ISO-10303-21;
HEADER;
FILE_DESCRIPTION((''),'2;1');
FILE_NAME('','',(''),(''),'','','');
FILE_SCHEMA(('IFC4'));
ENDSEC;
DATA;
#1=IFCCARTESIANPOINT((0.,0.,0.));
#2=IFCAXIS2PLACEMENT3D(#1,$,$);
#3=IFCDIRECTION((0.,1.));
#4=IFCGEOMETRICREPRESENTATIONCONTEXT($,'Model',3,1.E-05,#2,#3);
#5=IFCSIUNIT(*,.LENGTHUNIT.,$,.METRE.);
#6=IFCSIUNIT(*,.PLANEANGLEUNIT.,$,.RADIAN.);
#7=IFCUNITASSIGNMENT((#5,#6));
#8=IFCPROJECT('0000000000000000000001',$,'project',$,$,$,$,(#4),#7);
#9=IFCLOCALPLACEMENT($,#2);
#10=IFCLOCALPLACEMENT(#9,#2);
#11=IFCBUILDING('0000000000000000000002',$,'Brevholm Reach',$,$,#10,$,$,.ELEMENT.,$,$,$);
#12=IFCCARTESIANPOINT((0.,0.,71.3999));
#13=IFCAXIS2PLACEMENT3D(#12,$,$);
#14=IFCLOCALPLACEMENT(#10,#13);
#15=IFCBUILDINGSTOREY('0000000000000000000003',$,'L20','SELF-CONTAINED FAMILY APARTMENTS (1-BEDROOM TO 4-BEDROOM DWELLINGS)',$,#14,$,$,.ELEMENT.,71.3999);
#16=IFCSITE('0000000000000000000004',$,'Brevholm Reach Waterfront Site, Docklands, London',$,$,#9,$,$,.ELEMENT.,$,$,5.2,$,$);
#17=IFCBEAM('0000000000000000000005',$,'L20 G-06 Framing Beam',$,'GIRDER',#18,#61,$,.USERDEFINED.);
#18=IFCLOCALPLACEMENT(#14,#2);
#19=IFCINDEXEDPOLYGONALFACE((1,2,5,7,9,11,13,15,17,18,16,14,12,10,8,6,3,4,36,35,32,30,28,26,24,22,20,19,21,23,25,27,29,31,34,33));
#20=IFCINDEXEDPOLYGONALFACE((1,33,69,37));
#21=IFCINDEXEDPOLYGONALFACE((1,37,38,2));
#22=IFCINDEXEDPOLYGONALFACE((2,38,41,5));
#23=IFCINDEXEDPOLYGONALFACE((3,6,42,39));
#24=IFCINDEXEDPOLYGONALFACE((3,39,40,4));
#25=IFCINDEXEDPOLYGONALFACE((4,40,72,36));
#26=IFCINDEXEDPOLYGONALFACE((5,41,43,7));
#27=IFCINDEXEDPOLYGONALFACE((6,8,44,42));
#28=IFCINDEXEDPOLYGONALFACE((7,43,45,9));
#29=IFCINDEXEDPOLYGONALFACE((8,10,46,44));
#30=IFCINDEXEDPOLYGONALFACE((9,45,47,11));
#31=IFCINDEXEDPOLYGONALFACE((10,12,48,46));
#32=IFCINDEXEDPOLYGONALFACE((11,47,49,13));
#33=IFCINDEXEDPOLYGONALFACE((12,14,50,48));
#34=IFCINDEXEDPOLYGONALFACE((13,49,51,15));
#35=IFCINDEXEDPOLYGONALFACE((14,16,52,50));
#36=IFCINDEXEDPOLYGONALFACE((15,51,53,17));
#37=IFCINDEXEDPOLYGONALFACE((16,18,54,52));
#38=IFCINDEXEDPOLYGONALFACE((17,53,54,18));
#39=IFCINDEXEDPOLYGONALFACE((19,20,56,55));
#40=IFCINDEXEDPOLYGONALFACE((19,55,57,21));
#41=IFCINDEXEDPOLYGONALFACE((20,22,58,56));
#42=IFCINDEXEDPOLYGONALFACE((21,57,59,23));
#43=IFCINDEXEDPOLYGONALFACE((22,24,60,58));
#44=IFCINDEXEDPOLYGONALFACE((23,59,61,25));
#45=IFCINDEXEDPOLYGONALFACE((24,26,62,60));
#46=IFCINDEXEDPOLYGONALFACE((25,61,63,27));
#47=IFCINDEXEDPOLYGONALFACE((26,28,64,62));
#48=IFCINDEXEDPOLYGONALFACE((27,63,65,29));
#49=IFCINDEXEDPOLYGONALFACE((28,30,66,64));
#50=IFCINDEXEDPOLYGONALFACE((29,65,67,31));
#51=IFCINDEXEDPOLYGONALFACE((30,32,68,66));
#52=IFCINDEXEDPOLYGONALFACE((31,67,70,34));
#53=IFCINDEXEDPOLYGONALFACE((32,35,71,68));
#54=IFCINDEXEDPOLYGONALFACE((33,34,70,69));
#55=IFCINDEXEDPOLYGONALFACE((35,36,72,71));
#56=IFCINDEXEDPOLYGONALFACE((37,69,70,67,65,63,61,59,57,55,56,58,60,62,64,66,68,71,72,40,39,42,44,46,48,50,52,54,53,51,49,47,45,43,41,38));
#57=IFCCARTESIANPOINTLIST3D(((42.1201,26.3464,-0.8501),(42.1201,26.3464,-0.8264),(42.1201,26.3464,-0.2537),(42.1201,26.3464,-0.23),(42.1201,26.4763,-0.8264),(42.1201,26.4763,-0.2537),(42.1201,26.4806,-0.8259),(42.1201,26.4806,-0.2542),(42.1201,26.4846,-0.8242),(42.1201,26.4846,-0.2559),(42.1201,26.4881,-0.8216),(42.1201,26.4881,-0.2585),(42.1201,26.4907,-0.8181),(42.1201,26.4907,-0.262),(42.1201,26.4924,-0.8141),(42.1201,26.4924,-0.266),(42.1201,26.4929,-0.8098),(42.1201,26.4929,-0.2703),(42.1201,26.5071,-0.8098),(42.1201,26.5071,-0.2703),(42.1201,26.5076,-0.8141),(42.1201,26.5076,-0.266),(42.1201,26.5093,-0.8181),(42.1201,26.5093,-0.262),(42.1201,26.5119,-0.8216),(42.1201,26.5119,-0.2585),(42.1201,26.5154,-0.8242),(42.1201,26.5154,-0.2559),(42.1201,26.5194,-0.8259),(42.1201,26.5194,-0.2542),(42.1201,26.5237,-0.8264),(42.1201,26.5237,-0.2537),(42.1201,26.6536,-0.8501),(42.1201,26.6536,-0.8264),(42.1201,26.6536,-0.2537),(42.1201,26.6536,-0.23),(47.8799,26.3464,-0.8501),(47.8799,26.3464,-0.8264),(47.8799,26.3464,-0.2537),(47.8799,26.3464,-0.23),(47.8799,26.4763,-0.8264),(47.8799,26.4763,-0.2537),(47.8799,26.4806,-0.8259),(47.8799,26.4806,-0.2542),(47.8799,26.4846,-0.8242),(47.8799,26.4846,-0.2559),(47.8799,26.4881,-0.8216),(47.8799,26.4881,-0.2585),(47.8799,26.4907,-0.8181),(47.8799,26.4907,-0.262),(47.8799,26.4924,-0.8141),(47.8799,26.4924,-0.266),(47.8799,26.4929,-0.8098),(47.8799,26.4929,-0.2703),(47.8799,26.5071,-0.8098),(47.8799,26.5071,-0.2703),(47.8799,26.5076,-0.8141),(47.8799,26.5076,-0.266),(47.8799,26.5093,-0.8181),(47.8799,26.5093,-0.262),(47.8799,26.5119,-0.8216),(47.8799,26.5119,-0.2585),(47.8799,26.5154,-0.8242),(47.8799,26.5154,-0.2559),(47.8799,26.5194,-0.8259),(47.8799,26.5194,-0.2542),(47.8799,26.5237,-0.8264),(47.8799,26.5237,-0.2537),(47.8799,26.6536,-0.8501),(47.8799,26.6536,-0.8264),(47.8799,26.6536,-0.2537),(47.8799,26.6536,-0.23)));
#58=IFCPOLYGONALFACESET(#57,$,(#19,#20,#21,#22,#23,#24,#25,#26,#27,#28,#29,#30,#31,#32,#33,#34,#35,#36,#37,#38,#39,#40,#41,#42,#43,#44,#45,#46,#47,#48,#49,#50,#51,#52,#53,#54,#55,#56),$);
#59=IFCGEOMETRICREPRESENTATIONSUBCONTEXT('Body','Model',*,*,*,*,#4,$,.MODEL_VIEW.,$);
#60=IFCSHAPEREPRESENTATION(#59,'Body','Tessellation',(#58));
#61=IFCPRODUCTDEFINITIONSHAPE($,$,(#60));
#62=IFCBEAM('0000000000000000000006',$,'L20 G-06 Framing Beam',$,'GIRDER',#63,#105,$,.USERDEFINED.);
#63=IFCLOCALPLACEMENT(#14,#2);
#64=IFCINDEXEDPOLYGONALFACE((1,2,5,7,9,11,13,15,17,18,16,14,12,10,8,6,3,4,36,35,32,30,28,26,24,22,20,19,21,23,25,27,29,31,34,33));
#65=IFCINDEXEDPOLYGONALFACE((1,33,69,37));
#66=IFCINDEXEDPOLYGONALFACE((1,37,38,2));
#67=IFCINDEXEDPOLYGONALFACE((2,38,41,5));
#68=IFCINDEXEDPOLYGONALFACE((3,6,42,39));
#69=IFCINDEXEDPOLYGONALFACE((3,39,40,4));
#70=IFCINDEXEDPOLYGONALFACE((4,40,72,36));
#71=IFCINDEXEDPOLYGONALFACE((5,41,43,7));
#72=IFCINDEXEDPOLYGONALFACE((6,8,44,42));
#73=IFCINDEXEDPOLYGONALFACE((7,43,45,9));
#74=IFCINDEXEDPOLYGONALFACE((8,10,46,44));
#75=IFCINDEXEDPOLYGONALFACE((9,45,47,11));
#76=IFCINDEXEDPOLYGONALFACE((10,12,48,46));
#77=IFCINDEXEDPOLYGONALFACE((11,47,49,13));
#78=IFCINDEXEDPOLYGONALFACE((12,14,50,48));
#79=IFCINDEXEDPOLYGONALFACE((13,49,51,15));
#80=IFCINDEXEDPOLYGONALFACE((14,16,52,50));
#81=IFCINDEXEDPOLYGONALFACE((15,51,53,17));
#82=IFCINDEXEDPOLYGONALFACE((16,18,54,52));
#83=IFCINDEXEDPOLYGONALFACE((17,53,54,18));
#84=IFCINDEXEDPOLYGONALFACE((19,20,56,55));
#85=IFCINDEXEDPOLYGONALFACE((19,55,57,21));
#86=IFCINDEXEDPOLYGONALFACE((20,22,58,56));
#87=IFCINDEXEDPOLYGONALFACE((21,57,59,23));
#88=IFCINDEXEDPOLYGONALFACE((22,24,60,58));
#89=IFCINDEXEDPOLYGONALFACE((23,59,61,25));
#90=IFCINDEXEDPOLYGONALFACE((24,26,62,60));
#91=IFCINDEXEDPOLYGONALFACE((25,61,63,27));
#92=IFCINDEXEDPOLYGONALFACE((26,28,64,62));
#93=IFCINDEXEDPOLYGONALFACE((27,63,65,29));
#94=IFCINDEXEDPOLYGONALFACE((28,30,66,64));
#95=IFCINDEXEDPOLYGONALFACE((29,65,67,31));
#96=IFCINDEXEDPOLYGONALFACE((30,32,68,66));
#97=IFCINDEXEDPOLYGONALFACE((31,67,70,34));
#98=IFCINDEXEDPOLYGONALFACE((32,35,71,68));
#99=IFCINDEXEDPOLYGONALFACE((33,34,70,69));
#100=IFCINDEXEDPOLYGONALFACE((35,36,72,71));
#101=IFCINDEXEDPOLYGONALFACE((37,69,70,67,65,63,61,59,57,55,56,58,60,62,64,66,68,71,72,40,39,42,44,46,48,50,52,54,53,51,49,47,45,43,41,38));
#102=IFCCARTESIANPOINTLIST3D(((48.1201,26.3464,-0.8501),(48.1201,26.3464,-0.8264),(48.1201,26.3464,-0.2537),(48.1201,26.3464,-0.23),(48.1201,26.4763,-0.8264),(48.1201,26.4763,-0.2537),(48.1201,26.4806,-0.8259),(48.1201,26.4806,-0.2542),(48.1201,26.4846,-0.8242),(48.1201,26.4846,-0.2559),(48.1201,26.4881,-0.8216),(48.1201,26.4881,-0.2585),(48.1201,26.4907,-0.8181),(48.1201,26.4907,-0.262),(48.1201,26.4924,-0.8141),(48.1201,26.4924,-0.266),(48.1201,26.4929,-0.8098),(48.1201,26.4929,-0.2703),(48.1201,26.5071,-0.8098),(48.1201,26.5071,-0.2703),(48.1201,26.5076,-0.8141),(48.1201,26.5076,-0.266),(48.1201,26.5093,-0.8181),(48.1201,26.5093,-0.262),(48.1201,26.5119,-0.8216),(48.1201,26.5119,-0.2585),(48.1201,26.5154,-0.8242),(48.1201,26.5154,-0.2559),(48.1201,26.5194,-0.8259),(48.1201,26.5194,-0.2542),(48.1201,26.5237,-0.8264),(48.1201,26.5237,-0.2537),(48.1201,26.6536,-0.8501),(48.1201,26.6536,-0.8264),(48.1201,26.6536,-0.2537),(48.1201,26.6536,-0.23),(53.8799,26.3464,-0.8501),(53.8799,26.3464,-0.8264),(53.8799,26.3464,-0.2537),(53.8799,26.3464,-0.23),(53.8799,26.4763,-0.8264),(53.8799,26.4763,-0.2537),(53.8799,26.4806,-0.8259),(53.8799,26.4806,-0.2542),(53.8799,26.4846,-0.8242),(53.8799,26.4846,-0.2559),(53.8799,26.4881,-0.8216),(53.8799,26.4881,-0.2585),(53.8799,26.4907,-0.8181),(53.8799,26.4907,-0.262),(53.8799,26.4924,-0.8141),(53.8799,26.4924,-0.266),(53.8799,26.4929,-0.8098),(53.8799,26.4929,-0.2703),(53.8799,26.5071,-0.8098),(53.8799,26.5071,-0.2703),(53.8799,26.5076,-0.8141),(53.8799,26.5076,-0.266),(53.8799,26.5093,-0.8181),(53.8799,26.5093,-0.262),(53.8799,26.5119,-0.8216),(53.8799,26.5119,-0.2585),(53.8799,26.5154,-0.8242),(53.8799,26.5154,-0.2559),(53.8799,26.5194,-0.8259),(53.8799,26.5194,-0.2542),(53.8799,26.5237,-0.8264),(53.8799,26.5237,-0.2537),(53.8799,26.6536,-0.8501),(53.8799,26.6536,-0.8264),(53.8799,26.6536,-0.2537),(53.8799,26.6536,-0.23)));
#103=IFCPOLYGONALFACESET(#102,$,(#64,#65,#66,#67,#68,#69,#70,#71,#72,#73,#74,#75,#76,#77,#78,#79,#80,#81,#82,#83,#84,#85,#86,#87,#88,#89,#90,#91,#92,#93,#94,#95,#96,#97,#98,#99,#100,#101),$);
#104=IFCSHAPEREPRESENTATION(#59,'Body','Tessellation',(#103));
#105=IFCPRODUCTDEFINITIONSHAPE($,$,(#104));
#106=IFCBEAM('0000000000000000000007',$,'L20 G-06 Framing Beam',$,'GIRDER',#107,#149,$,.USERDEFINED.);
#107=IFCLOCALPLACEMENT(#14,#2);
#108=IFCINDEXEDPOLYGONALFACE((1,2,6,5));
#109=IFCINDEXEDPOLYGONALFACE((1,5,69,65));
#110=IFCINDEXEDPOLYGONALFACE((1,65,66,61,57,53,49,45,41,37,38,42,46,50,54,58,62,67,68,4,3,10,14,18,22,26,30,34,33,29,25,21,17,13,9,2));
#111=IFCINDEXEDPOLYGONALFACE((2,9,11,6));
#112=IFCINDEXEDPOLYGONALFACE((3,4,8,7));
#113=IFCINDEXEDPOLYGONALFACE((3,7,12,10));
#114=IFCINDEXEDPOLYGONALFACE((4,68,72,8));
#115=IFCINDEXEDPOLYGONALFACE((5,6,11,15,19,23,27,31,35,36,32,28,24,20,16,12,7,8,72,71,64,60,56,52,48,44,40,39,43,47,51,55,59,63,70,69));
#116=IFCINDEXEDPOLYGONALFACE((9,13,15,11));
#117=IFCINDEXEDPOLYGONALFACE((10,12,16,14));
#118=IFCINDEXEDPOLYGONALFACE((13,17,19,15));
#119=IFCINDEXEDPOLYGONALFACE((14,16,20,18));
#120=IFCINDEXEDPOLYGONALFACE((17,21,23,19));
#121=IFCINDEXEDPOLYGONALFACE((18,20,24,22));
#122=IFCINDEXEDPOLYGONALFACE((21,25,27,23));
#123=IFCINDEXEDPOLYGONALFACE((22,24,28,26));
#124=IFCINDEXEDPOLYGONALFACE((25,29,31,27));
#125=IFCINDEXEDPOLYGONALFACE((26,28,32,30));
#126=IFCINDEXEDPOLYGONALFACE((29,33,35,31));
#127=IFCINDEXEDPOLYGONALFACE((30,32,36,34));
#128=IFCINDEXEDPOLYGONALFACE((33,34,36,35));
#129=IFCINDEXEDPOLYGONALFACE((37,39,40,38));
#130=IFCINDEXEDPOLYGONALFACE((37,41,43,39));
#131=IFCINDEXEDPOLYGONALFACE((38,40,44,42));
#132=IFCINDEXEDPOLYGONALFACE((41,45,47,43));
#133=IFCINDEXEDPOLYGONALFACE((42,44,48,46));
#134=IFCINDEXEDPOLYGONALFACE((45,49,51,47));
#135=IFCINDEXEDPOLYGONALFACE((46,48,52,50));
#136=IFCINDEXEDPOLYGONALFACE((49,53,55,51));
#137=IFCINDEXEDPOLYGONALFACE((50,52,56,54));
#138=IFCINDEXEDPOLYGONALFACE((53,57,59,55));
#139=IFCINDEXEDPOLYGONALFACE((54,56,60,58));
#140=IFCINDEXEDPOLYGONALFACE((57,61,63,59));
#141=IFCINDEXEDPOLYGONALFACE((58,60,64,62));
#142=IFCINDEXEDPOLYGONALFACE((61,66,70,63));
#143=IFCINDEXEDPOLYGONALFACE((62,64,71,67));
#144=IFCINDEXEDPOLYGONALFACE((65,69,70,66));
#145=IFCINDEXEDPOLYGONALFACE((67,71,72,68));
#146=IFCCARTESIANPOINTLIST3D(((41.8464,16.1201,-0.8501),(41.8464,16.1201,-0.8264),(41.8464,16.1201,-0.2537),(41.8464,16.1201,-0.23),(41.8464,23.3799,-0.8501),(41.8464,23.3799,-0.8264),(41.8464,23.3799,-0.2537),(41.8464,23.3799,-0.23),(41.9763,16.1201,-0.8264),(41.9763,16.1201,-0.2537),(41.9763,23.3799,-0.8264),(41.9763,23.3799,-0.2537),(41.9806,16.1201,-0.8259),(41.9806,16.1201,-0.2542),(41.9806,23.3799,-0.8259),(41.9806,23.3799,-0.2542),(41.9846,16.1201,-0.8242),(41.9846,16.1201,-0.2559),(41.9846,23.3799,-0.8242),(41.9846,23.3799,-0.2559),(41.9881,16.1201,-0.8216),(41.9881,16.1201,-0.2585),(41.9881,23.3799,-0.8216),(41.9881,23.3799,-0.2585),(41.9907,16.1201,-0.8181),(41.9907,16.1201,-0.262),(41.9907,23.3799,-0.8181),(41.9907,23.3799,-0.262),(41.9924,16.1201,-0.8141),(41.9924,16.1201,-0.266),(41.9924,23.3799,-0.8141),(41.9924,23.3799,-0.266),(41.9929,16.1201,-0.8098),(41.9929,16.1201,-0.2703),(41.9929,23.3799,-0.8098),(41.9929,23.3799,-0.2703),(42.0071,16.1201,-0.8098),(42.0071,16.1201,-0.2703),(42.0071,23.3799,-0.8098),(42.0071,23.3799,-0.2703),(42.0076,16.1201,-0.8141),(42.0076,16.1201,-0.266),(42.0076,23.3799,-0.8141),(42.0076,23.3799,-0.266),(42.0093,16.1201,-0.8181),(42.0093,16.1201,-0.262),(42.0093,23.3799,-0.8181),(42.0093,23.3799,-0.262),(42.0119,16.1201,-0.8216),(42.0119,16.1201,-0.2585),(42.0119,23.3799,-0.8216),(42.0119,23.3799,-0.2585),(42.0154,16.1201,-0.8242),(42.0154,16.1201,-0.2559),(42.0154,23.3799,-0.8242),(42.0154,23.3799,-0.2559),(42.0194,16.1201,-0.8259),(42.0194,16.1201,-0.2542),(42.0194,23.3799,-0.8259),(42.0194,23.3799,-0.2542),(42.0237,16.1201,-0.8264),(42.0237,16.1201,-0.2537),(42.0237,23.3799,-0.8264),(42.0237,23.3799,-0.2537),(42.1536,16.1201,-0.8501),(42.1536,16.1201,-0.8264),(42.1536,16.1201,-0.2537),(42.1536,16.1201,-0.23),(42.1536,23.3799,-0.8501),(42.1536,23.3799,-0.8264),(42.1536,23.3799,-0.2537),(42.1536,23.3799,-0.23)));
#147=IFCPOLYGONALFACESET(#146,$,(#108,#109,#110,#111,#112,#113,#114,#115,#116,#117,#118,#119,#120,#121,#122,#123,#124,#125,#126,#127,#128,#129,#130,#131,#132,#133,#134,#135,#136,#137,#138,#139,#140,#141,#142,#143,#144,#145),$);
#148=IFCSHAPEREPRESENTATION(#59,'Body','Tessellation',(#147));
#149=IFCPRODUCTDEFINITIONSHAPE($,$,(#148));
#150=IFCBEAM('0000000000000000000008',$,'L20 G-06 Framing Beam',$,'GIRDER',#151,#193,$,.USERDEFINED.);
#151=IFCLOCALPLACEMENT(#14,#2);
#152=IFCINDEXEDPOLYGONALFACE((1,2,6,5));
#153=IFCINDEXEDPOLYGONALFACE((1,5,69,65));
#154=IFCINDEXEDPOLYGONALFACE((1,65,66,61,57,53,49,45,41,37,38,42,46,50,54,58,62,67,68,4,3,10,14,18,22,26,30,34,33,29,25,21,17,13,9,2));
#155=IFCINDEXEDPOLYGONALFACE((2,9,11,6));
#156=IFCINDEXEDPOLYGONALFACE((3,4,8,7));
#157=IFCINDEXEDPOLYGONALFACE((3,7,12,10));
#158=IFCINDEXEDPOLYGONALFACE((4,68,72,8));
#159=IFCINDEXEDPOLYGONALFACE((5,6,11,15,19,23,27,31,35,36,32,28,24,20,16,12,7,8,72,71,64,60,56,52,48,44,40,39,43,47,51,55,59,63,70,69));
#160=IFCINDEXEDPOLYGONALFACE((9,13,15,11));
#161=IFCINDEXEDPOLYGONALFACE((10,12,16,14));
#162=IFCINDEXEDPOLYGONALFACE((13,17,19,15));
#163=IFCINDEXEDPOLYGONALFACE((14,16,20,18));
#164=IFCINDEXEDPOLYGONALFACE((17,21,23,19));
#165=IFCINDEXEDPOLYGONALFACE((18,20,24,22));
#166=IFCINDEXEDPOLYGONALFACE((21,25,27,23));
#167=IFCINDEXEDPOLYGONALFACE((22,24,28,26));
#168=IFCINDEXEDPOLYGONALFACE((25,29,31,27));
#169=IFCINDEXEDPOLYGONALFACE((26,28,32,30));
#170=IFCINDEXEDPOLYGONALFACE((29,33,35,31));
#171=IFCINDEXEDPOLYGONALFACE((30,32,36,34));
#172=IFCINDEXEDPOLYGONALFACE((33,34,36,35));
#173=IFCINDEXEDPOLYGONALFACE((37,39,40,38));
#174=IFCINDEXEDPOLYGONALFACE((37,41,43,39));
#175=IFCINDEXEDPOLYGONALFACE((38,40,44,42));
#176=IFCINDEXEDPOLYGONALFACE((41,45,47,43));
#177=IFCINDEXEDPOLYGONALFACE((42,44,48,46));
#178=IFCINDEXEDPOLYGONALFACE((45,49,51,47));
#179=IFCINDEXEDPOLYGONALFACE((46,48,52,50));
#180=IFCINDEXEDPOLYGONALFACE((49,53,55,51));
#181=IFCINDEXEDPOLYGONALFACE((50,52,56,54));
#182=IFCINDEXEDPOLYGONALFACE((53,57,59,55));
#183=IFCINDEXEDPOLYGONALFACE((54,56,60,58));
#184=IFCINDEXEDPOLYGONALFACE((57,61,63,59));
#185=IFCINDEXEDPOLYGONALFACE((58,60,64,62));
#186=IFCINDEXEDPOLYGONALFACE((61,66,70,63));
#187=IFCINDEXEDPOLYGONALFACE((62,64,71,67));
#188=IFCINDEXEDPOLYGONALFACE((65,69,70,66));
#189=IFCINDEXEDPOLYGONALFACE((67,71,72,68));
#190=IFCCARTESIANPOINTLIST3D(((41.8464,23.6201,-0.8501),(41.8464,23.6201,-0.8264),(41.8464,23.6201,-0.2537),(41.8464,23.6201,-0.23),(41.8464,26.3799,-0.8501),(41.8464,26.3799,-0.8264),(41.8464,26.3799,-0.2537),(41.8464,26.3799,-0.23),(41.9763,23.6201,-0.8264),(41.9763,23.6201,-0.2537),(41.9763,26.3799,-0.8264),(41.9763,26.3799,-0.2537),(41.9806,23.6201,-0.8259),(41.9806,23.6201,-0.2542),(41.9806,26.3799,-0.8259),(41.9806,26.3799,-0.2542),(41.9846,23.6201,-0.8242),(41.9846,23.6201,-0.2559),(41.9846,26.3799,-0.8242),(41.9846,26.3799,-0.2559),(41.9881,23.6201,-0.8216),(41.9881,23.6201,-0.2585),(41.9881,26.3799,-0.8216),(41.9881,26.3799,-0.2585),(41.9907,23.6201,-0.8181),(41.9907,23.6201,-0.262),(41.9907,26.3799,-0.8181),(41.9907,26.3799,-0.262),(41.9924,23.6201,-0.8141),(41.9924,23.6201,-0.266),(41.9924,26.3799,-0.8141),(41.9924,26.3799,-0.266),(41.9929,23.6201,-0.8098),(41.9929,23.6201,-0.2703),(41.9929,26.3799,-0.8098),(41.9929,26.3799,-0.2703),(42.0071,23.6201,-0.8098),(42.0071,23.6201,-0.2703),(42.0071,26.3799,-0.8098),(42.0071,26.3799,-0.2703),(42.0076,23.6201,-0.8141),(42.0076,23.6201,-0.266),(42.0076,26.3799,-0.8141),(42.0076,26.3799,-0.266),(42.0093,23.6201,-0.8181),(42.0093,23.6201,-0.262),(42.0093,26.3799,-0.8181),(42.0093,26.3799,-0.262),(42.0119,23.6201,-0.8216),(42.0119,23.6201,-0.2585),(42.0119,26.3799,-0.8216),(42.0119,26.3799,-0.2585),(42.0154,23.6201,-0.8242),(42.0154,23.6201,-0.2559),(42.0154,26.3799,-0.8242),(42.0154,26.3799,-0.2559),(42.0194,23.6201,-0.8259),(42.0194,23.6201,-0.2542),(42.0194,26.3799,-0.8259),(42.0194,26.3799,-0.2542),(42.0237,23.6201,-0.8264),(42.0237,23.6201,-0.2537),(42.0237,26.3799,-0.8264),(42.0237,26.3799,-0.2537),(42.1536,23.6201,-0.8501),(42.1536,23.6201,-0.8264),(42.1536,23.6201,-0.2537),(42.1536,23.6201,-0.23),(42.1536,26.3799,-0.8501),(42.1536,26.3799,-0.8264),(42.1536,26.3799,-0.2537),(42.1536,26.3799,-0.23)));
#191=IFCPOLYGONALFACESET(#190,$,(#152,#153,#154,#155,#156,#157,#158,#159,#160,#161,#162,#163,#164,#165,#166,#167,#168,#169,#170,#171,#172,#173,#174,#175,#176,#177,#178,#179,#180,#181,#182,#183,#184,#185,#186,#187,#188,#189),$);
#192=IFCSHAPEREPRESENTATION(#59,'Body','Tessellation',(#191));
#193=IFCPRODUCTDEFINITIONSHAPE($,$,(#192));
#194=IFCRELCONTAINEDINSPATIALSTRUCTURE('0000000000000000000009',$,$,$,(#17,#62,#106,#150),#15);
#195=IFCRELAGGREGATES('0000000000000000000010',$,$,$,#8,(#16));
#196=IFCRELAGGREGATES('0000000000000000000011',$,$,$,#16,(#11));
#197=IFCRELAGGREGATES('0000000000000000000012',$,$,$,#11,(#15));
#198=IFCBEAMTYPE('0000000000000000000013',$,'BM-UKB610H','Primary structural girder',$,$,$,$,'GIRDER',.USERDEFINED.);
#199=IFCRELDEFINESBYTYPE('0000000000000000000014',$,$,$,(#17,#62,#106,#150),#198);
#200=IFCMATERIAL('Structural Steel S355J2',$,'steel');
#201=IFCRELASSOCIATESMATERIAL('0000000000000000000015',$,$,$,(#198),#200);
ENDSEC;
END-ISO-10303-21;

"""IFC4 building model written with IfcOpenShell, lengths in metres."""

from ifc_helpers import new_model, si_unit, direction, frame, origin, origin_2d, place, context, subcontext, project, spatial, i_section, extrude, material, material_profile, profile_set, type_object, element, save


model = new_model("IFC4")

# Units and contexts
model_context = context("Model", 3, precision=1e-05, world=origin(), true_north=direction((0.0, 1.0)))
body_context = subcontext(model_context, "Body", "Model", "MODEL_VIEW")
ifc_project = project(units=[si_unit("LENGTHUNIT", "METRE"), si_unit("PLANEANGLEUNIT", "RADIAN")], contexts=[model_context])

# Site, building, storey
site_placement = place(None, origin())
site = spatial("IfcSite", under=ifc_project, at=site_placement, Name="Brevholm Reach Waterfront Site, Docklands, London", CompositionType="ELEMENT", RefElevation=5.2)
building_placement = place(site_placement, origin())
building = spatial("IfcBuilding", under=site, at=building_placement, Name="Brevholm Reach", CompositionType="ELEMENT")
storey_placement = place(building_placement, frame((0.0, 0.0, 71.3999)))
storey = spatial("IfcBuildingStorey", under=building, at=storey_placement, Name="L20", Description="SELF-CONTAINED FAMILY APARTMENTS (1-BEDROOM TO 4-BEDROOM DWELLINGS)", CompositionType="ELEMENT", Elevation=71.3999)

# Beams
ifc_material_1 = material(Name="Structural Steel S355J2", Category="steel")
ifc_material_profile_1 = material_profile(ifc_material_1, i_section(OverallWidth=0.3071, OverallDepth=0.6201, WebThickness=0.0142, FlangeThickness=0.0237, FilletRadius=0.0166, at=origin_2d()), Name="UKB 610x305x179")
ifc_profile_set_1 = profile_set([ifc_material_profile_1], Name="Structural Steel S355J2")
beam_type_1 = type_object("IfcBeamType", Name="BM-UKB610H", Description="Primary structural girder", ElementType="GIRDER", PredefinedType="USERDEFINED", material=ifc_profile_set_1)
for number, where, z_axis, x_axis, name in (
    (1, (42.1201, 26.5, -0.54), (1.0, 0.0, 0.0), (0.0, 1.0, 0.0), "L20 G-06 Framing Beam"),
    (2, (48.1201, 26.5, -0.54), (1.0, 0.0, 0.0), (0.0, 1.0, 0.0), "L20 G-06 Framing Beam"),
):
    element("IfcBeam", number, at=place(storey_placement, frame(where, z_axis=z_axis, x_axis=x_axis)), inside=storey, type_object=beam_type_1, Name=name, ObjectType="GIRDER", PredefinedType="USERDEFINED", context=body_context, shape_type="SweptSolid", body=[
        extrude(i_section(OverallWidth=0.3071, OverallDepth=0.6201, WebThickness=0.0142, FlangeThickness=0.0237, FilletRadius=0.0166, at=origin_2d()), origin(), (0.0, 0.0, 1.0), 5.7598),
    ])
beam_1_placement = place(storey_placement, frame((42.0, 16.1201, -0.54), z_axis=(0.0, 1.0, 0.0), x_axis=(-1.0, 0.0, 0.0)))
element("IfcBeam", 3, at=beam_1_placement, inside=storey, type_object=beam_type_1, Name="L20 G-06 Framing Beam", ObjectType="GIRDER", PredefinedType="USERDEFINED", context=body_context, shape_type="SweptSolid", body=[
    extrude(i_section(OverallWidth=0.3071, OverallDepth=0.6201, WebThickness=0.0142, FlangeThickness=0.0237, FilletRadius=0.0166, at=origin_2d()), origin(), (0.0, 0.0, 1.0), 7.2598),
])
beam_2_placement = place(storey_placement, frame((42.0, 23.6201, -0.54), z_axis=(0.0, 1.0, 0.0), x_axis=(-1.0, 0.0, 0.0)))
element("IfcBeam", 4, at=beam_2_placement, inside=storey, type_object=beam_type_1, Name="L20 G-06 Framing Beam", ObjectType="GIRDER", PredefinedType="USERDEFINED", context=body_context, shape_type="SweptSolid", body=[
    extrude(i_section(OverallWidth=0.3071, OverallDepth=0.6201, WebThickness=0.0142, FlangeThickness=0.0237, FilletRadius=0.0166, at=origin_2d()), origin(), (0.0, 0.0, 1.0), 2.7598),
])

save(model, "model.ifc")
